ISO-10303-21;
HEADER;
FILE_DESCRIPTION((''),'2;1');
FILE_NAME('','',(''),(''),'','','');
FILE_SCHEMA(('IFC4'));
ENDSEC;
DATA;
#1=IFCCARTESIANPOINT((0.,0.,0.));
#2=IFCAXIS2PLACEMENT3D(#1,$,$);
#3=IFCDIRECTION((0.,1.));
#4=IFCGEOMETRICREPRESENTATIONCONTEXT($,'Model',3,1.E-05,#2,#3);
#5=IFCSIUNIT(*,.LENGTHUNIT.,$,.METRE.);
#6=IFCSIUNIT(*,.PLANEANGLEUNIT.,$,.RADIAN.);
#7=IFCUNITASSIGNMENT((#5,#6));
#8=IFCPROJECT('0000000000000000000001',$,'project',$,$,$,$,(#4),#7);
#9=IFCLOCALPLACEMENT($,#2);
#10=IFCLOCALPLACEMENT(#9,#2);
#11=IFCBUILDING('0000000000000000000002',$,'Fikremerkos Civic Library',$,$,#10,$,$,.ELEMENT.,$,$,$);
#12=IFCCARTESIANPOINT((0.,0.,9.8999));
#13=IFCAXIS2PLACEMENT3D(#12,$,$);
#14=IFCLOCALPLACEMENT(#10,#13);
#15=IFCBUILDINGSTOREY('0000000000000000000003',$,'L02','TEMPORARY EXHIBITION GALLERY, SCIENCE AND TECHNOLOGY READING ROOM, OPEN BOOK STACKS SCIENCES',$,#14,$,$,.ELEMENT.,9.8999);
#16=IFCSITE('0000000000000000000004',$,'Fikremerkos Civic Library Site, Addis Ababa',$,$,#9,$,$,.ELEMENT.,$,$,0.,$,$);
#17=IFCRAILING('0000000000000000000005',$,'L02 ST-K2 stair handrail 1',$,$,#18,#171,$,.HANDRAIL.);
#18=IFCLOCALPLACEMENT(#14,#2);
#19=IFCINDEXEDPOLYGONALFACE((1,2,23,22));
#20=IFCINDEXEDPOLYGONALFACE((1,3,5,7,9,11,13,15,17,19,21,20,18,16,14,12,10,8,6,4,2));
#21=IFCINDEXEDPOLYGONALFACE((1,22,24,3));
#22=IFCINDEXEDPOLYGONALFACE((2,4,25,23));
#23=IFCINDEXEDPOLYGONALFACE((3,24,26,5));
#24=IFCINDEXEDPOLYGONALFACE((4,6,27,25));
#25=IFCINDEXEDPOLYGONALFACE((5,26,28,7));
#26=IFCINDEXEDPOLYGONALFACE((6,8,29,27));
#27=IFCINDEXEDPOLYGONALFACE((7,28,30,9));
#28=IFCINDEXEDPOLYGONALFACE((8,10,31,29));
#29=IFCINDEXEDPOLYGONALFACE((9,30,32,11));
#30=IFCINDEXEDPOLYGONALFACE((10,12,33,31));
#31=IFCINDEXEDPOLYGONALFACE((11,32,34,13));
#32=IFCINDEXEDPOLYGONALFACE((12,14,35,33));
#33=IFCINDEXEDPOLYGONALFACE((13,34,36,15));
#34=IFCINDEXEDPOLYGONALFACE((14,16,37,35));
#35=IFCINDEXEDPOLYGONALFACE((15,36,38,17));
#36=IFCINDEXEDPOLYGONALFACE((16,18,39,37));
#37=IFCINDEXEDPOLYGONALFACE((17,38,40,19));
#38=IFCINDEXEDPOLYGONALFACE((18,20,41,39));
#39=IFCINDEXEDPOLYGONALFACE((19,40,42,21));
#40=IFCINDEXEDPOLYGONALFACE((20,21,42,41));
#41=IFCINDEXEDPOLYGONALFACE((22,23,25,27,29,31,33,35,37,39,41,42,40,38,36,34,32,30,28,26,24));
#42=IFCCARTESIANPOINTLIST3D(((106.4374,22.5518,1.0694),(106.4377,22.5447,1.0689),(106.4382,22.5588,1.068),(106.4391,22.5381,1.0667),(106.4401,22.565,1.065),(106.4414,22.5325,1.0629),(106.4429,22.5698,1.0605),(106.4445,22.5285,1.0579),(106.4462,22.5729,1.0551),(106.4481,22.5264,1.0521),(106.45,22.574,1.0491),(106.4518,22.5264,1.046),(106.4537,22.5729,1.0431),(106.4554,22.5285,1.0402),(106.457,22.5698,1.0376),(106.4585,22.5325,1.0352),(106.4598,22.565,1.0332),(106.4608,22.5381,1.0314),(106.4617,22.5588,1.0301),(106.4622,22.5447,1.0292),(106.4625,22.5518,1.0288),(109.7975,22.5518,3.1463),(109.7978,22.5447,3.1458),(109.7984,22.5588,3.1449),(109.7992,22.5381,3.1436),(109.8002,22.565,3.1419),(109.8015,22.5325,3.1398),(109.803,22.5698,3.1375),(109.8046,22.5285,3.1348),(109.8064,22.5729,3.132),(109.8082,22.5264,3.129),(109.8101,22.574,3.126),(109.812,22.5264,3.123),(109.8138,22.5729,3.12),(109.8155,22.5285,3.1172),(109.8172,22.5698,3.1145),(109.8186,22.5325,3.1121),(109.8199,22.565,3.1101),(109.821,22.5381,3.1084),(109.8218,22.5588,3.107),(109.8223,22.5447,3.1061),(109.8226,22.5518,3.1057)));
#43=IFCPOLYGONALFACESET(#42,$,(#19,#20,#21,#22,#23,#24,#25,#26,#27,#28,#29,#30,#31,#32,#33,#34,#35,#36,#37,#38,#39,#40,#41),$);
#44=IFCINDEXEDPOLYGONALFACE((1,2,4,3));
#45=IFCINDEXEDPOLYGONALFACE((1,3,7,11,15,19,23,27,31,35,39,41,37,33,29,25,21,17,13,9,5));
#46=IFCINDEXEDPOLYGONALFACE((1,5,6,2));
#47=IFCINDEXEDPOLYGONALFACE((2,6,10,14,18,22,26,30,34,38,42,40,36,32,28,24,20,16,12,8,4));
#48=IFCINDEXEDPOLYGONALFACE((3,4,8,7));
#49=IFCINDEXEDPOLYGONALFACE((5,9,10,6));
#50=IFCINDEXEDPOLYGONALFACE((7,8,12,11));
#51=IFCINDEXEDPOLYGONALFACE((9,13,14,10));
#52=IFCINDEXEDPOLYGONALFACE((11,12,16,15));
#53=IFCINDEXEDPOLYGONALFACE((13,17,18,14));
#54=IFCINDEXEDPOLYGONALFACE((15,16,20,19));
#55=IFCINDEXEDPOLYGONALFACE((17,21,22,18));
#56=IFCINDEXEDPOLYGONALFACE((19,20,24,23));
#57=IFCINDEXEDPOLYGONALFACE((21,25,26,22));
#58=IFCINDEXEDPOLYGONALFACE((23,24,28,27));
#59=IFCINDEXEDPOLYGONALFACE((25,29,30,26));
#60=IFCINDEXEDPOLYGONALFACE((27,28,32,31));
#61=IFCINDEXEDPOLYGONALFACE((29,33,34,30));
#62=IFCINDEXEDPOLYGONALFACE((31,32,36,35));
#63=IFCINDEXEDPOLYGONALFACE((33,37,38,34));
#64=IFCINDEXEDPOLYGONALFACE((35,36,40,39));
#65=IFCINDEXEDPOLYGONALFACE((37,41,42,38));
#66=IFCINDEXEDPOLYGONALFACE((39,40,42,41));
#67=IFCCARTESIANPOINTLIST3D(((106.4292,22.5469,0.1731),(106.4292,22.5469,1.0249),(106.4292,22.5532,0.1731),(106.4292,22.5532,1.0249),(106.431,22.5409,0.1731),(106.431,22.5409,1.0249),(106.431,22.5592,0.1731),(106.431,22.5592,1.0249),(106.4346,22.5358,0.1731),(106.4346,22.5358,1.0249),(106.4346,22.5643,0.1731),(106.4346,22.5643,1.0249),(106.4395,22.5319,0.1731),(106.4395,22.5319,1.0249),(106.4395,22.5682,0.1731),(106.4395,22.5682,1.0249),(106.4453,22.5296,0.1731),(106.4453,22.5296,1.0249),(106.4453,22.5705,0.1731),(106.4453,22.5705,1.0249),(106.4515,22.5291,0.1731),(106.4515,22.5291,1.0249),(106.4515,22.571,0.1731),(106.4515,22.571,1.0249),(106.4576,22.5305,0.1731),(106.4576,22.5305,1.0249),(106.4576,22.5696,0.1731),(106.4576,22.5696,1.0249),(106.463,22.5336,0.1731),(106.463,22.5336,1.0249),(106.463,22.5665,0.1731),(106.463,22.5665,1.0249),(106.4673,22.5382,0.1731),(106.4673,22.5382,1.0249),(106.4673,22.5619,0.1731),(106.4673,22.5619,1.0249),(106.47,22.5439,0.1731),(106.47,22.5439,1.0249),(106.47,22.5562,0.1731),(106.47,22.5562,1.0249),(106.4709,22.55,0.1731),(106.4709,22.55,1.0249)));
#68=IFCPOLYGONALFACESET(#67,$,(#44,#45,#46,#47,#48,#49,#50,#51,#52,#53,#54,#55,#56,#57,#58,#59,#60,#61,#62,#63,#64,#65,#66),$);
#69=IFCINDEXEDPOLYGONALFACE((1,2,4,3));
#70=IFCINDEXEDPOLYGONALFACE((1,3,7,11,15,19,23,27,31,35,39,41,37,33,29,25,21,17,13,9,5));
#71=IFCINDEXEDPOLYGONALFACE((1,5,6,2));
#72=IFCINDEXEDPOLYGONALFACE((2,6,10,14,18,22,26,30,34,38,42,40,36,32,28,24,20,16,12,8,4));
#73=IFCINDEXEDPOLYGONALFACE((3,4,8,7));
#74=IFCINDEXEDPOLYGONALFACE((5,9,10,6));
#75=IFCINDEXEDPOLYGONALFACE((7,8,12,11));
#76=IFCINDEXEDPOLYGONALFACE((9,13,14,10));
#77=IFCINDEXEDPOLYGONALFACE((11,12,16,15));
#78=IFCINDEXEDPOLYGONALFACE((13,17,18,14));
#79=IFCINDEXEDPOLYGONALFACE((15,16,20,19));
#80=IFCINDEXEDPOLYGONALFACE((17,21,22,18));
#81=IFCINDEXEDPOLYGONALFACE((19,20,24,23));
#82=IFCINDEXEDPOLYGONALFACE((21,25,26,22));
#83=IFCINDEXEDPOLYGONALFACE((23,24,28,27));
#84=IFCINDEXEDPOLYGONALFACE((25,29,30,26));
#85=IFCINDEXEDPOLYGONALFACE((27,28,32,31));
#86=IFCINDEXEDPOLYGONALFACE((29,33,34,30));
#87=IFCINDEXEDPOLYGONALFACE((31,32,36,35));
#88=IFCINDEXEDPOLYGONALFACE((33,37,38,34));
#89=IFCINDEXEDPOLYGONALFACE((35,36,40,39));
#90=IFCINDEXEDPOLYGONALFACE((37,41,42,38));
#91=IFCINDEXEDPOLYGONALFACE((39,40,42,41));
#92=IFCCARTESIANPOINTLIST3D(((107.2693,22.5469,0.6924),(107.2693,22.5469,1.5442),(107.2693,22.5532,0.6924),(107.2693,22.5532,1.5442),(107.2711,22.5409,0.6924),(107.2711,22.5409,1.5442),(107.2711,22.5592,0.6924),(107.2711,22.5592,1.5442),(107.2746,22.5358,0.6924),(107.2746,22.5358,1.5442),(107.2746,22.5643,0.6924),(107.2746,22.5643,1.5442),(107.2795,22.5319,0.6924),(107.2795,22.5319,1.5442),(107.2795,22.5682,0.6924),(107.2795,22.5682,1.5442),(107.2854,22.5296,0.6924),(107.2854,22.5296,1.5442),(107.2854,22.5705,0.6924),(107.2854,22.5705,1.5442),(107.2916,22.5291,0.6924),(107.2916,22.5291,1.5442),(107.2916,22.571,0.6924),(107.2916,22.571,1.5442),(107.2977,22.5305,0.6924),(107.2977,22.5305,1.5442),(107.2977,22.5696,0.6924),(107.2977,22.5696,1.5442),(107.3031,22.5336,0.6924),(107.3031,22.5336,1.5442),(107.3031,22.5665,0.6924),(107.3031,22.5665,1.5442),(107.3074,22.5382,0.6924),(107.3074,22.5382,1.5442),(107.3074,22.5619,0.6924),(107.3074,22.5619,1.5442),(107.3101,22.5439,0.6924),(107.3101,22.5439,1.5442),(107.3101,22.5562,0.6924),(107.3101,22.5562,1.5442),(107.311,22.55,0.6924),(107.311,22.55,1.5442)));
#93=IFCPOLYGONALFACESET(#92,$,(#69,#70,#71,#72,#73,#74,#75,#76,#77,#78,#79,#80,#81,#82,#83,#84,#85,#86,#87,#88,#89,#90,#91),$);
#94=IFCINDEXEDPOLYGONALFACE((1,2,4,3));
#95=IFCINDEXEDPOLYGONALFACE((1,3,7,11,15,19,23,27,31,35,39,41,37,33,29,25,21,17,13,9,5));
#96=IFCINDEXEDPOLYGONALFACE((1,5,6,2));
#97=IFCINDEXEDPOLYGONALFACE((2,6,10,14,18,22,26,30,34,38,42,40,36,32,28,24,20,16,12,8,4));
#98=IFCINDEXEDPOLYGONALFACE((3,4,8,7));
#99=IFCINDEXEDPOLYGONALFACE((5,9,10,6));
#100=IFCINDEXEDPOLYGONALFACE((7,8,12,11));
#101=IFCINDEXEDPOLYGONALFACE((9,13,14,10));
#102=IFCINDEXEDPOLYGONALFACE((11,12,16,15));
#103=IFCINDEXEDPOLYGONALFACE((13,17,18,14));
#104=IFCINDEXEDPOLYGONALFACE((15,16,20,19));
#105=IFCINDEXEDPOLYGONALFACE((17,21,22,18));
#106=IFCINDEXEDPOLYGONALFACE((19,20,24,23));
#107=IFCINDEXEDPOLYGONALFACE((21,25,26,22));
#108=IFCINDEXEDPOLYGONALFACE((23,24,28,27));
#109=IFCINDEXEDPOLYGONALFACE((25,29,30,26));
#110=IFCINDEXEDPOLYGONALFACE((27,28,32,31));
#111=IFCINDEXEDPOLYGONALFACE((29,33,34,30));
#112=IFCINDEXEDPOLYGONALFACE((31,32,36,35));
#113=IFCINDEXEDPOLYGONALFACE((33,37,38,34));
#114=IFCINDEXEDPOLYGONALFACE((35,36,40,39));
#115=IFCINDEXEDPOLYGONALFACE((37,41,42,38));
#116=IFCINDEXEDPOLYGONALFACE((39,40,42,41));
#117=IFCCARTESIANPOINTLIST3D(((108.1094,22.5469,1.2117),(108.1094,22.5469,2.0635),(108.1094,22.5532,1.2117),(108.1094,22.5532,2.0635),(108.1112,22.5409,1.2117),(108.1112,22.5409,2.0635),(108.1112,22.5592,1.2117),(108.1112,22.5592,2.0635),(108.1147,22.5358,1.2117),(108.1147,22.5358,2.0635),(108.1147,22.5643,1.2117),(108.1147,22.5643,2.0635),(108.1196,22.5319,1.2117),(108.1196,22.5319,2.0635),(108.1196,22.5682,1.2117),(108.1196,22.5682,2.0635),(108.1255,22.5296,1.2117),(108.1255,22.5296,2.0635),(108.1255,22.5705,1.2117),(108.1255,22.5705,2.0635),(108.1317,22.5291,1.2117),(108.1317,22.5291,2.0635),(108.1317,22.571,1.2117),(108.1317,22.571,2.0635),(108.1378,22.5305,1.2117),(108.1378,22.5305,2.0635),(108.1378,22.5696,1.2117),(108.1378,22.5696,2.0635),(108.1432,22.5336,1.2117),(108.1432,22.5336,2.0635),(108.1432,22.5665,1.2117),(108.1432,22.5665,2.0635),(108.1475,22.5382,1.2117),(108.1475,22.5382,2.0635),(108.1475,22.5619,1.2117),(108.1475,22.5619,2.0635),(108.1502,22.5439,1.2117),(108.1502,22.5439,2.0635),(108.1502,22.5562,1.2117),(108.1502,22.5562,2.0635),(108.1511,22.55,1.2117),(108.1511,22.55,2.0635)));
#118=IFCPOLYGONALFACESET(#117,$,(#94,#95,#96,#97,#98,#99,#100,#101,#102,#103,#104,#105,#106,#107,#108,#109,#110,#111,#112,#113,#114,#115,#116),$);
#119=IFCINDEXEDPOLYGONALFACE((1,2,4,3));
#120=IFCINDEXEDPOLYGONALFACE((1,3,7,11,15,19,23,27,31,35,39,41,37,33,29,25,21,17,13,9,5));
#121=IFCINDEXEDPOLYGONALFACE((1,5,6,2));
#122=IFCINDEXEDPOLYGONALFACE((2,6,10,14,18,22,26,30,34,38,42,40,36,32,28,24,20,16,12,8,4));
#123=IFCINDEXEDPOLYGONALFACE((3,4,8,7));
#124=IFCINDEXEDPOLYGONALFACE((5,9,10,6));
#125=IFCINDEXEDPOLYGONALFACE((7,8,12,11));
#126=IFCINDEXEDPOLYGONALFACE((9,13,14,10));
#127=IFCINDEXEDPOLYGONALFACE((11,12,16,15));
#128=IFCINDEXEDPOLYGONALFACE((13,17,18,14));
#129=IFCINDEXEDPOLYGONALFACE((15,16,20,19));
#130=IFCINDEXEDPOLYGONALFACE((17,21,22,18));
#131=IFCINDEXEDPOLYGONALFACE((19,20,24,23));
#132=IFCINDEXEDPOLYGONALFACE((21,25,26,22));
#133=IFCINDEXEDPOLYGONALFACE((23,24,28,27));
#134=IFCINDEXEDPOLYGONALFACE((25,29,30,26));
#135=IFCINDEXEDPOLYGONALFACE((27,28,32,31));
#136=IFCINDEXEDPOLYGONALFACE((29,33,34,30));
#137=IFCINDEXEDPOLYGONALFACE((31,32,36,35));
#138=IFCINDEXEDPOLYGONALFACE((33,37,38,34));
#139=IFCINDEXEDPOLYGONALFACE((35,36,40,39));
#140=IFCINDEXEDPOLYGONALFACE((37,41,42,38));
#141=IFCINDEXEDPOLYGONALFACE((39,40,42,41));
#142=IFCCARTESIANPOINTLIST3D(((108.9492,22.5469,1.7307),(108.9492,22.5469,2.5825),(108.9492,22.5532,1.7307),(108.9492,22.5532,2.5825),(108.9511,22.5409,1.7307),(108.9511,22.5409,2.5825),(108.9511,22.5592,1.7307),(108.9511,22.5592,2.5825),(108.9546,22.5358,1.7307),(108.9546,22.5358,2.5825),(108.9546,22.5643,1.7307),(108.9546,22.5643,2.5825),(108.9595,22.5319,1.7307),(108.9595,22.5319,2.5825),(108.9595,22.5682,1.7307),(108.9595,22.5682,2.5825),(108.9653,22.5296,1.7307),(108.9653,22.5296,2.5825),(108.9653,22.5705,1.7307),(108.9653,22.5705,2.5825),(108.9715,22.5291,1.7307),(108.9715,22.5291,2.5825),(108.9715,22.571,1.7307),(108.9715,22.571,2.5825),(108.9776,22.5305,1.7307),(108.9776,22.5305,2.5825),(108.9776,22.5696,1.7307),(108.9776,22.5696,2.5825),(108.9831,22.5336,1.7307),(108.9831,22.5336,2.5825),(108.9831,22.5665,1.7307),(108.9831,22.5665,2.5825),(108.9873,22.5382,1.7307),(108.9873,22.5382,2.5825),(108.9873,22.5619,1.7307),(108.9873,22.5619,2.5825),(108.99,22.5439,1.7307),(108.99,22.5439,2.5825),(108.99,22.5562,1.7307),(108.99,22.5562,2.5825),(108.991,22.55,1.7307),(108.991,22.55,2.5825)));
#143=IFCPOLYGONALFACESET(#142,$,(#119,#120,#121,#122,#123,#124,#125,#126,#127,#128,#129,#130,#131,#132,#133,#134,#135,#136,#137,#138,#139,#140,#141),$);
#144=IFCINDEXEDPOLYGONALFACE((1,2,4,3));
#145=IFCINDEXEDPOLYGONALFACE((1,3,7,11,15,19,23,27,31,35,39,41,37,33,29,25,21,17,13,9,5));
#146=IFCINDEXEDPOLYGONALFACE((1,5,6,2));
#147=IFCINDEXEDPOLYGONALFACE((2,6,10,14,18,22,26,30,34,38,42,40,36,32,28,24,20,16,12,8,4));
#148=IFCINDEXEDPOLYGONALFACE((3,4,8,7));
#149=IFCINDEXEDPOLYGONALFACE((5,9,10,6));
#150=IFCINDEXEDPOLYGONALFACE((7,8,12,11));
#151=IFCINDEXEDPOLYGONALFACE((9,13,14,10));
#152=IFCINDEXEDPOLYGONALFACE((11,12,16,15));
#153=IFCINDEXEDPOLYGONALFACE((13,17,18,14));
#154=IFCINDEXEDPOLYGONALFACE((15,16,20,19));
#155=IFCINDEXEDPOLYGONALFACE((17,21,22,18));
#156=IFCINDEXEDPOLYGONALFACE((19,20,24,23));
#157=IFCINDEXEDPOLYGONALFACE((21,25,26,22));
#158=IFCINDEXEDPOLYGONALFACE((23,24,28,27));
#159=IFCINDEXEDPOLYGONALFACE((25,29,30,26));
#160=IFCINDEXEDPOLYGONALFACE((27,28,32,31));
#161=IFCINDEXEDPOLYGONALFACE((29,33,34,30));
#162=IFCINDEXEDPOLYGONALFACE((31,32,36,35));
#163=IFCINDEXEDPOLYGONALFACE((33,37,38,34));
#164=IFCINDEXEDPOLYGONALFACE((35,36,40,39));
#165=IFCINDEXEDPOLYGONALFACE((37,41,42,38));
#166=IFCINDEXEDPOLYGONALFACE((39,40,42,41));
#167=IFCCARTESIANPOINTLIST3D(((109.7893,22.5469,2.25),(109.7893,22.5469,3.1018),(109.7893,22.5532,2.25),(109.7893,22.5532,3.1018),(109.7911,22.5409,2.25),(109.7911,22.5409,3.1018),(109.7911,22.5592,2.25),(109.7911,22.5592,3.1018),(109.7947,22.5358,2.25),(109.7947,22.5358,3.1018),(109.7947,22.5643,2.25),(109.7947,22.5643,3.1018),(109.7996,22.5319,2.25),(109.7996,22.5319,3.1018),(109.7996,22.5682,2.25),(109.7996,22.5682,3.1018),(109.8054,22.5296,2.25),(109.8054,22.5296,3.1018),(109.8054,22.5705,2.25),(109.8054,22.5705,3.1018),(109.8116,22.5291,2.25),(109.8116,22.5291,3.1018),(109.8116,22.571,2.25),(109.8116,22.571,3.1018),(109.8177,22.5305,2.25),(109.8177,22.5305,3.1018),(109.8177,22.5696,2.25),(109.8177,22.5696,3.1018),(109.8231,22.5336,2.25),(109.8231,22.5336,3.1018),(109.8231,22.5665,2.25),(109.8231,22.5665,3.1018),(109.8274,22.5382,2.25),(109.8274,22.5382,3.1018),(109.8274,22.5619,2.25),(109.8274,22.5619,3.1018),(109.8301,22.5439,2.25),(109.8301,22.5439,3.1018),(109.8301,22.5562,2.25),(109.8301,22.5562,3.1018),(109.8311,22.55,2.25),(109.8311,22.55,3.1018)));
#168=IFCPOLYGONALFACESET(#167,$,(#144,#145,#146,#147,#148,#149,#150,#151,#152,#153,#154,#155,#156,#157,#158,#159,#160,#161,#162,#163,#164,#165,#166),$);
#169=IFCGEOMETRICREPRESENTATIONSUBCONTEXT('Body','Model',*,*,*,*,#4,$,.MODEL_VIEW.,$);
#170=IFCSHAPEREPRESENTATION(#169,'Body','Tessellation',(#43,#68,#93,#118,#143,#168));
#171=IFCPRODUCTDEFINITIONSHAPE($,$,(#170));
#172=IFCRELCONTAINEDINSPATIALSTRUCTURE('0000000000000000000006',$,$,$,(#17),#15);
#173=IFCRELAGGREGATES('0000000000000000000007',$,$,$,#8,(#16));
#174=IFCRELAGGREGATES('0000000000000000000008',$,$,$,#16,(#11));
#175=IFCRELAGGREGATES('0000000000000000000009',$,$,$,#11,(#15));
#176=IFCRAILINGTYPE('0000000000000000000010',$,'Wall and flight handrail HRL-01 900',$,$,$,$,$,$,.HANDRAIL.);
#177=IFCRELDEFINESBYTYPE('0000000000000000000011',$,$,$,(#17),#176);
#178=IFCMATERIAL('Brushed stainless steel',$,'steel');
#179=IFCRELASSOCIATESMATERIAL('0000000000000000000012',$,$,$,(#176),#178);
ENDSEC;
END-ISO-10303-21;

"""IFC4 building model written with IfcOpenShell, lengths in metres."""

from ifc_helpers import new_model, si_unit, direction, frame, origin, origin_2d, place, context, subcontext, project, spatial, circle, extrude, material, type_object, element, save


model = new_model("IFC4")

# Units and contexts
model_context = context("Model", 3, precision=1e-05, world=origin(), true_north=direction((0.0, 1.0)))
body_context = subcontext(model_context, "Body", "Model", "MODEL_VIEW")
ifc_project = project(units=[si_unit("LENGTHUNIT", "METRE"), si_unit("PLANEANGLEUNIT", "RADIAN")], contexts=[model_context])

# Site, building, storey
site_placement = place(None, origin())
site = spatial("IfcSite", under=ifc_project, at=site_placement, Name="Fikremerkos Civic Library Site, Addis Ababa", CompositionType="ELEMENT", RefElevation=0.0)
building_placement = place(site_placement, origin())
building = spatial("IfcBuilding", under=site, at=building_placement, Name="Fikremerkos Civic Library", CompositionType="ELEMENT")
storey_placement = place(building_placement, frame((0.0, 0.0, 9.8999)))
storey = spatial("IfcBuildingStorey", under=building, at=storey_placement, Name="L02", Description="TEMPORARY EXHIBITION GALLERY, SCIENCE AND TECHNOLOGY READING ROOM, OPEN BOOK STACKS SCIENCES", CompositionType="ELEMENT", Elevation=9.8999)

# Shared definitions
ifc_material_1 = material(Name="Brushed stainless steel", Category="steel")

# Railing
railing_type_1 = type_object("IfcRailingType", Name="Wall and flight handrail HRL-01 900", PredefinedType="HANDRAIL", material=ifc_material_1)
railing_1_placement = place(storey_placement, frame((106.45, 22.55, 0.1731)))
element("IfcRailing", 1, at=railing_1_placement, inside=storey, type_object=railing_type_1, Name="L02 ST-K2 stair handrail 1", PredefinedType="HANDRAIL", context=body_context, shape_type="SweptSolid", body=[
    extrude(circle(Radius=0.0239, at=origin_2d()), frame((0.0, 0.0, 0.876), z_axis=(0.850623, 0.0, 0.525776), x_axis=(0.0, 1.0, 0.0)), (0.0, 0.0, 1.0), 3.9502),
    extrude(circle(Radius=0.021, at=origin_2d()), origin(), (0.0, 0.0, 1.0), 0.8518),
    extrude(circle(Radius=0.021, at=origin_2d()), frame((0.8401, 0.0, 0.5193)), (0.0, 0.0, 1.0), 0.8518),
    extrude(circle(Radius=0.021, at=origin_2d()), frame((1.6802, 0.0, 1.0386)), (0.0, 0.0, 1.0), 0.8518),
    extrude(circle(Radius=0.021, at=origin_2d()), frame((2.52, 0.0, 1.5576)), (0.0, 0.0, 1.0), 0.8518),
    extrude(circle(Radius=0.021, at=origin_2d()), frame((3.3601, 0.0, 2.0769)), (0.0, 0.0, 1.0), 0.8518),
])

save(model, "model.ifc")
